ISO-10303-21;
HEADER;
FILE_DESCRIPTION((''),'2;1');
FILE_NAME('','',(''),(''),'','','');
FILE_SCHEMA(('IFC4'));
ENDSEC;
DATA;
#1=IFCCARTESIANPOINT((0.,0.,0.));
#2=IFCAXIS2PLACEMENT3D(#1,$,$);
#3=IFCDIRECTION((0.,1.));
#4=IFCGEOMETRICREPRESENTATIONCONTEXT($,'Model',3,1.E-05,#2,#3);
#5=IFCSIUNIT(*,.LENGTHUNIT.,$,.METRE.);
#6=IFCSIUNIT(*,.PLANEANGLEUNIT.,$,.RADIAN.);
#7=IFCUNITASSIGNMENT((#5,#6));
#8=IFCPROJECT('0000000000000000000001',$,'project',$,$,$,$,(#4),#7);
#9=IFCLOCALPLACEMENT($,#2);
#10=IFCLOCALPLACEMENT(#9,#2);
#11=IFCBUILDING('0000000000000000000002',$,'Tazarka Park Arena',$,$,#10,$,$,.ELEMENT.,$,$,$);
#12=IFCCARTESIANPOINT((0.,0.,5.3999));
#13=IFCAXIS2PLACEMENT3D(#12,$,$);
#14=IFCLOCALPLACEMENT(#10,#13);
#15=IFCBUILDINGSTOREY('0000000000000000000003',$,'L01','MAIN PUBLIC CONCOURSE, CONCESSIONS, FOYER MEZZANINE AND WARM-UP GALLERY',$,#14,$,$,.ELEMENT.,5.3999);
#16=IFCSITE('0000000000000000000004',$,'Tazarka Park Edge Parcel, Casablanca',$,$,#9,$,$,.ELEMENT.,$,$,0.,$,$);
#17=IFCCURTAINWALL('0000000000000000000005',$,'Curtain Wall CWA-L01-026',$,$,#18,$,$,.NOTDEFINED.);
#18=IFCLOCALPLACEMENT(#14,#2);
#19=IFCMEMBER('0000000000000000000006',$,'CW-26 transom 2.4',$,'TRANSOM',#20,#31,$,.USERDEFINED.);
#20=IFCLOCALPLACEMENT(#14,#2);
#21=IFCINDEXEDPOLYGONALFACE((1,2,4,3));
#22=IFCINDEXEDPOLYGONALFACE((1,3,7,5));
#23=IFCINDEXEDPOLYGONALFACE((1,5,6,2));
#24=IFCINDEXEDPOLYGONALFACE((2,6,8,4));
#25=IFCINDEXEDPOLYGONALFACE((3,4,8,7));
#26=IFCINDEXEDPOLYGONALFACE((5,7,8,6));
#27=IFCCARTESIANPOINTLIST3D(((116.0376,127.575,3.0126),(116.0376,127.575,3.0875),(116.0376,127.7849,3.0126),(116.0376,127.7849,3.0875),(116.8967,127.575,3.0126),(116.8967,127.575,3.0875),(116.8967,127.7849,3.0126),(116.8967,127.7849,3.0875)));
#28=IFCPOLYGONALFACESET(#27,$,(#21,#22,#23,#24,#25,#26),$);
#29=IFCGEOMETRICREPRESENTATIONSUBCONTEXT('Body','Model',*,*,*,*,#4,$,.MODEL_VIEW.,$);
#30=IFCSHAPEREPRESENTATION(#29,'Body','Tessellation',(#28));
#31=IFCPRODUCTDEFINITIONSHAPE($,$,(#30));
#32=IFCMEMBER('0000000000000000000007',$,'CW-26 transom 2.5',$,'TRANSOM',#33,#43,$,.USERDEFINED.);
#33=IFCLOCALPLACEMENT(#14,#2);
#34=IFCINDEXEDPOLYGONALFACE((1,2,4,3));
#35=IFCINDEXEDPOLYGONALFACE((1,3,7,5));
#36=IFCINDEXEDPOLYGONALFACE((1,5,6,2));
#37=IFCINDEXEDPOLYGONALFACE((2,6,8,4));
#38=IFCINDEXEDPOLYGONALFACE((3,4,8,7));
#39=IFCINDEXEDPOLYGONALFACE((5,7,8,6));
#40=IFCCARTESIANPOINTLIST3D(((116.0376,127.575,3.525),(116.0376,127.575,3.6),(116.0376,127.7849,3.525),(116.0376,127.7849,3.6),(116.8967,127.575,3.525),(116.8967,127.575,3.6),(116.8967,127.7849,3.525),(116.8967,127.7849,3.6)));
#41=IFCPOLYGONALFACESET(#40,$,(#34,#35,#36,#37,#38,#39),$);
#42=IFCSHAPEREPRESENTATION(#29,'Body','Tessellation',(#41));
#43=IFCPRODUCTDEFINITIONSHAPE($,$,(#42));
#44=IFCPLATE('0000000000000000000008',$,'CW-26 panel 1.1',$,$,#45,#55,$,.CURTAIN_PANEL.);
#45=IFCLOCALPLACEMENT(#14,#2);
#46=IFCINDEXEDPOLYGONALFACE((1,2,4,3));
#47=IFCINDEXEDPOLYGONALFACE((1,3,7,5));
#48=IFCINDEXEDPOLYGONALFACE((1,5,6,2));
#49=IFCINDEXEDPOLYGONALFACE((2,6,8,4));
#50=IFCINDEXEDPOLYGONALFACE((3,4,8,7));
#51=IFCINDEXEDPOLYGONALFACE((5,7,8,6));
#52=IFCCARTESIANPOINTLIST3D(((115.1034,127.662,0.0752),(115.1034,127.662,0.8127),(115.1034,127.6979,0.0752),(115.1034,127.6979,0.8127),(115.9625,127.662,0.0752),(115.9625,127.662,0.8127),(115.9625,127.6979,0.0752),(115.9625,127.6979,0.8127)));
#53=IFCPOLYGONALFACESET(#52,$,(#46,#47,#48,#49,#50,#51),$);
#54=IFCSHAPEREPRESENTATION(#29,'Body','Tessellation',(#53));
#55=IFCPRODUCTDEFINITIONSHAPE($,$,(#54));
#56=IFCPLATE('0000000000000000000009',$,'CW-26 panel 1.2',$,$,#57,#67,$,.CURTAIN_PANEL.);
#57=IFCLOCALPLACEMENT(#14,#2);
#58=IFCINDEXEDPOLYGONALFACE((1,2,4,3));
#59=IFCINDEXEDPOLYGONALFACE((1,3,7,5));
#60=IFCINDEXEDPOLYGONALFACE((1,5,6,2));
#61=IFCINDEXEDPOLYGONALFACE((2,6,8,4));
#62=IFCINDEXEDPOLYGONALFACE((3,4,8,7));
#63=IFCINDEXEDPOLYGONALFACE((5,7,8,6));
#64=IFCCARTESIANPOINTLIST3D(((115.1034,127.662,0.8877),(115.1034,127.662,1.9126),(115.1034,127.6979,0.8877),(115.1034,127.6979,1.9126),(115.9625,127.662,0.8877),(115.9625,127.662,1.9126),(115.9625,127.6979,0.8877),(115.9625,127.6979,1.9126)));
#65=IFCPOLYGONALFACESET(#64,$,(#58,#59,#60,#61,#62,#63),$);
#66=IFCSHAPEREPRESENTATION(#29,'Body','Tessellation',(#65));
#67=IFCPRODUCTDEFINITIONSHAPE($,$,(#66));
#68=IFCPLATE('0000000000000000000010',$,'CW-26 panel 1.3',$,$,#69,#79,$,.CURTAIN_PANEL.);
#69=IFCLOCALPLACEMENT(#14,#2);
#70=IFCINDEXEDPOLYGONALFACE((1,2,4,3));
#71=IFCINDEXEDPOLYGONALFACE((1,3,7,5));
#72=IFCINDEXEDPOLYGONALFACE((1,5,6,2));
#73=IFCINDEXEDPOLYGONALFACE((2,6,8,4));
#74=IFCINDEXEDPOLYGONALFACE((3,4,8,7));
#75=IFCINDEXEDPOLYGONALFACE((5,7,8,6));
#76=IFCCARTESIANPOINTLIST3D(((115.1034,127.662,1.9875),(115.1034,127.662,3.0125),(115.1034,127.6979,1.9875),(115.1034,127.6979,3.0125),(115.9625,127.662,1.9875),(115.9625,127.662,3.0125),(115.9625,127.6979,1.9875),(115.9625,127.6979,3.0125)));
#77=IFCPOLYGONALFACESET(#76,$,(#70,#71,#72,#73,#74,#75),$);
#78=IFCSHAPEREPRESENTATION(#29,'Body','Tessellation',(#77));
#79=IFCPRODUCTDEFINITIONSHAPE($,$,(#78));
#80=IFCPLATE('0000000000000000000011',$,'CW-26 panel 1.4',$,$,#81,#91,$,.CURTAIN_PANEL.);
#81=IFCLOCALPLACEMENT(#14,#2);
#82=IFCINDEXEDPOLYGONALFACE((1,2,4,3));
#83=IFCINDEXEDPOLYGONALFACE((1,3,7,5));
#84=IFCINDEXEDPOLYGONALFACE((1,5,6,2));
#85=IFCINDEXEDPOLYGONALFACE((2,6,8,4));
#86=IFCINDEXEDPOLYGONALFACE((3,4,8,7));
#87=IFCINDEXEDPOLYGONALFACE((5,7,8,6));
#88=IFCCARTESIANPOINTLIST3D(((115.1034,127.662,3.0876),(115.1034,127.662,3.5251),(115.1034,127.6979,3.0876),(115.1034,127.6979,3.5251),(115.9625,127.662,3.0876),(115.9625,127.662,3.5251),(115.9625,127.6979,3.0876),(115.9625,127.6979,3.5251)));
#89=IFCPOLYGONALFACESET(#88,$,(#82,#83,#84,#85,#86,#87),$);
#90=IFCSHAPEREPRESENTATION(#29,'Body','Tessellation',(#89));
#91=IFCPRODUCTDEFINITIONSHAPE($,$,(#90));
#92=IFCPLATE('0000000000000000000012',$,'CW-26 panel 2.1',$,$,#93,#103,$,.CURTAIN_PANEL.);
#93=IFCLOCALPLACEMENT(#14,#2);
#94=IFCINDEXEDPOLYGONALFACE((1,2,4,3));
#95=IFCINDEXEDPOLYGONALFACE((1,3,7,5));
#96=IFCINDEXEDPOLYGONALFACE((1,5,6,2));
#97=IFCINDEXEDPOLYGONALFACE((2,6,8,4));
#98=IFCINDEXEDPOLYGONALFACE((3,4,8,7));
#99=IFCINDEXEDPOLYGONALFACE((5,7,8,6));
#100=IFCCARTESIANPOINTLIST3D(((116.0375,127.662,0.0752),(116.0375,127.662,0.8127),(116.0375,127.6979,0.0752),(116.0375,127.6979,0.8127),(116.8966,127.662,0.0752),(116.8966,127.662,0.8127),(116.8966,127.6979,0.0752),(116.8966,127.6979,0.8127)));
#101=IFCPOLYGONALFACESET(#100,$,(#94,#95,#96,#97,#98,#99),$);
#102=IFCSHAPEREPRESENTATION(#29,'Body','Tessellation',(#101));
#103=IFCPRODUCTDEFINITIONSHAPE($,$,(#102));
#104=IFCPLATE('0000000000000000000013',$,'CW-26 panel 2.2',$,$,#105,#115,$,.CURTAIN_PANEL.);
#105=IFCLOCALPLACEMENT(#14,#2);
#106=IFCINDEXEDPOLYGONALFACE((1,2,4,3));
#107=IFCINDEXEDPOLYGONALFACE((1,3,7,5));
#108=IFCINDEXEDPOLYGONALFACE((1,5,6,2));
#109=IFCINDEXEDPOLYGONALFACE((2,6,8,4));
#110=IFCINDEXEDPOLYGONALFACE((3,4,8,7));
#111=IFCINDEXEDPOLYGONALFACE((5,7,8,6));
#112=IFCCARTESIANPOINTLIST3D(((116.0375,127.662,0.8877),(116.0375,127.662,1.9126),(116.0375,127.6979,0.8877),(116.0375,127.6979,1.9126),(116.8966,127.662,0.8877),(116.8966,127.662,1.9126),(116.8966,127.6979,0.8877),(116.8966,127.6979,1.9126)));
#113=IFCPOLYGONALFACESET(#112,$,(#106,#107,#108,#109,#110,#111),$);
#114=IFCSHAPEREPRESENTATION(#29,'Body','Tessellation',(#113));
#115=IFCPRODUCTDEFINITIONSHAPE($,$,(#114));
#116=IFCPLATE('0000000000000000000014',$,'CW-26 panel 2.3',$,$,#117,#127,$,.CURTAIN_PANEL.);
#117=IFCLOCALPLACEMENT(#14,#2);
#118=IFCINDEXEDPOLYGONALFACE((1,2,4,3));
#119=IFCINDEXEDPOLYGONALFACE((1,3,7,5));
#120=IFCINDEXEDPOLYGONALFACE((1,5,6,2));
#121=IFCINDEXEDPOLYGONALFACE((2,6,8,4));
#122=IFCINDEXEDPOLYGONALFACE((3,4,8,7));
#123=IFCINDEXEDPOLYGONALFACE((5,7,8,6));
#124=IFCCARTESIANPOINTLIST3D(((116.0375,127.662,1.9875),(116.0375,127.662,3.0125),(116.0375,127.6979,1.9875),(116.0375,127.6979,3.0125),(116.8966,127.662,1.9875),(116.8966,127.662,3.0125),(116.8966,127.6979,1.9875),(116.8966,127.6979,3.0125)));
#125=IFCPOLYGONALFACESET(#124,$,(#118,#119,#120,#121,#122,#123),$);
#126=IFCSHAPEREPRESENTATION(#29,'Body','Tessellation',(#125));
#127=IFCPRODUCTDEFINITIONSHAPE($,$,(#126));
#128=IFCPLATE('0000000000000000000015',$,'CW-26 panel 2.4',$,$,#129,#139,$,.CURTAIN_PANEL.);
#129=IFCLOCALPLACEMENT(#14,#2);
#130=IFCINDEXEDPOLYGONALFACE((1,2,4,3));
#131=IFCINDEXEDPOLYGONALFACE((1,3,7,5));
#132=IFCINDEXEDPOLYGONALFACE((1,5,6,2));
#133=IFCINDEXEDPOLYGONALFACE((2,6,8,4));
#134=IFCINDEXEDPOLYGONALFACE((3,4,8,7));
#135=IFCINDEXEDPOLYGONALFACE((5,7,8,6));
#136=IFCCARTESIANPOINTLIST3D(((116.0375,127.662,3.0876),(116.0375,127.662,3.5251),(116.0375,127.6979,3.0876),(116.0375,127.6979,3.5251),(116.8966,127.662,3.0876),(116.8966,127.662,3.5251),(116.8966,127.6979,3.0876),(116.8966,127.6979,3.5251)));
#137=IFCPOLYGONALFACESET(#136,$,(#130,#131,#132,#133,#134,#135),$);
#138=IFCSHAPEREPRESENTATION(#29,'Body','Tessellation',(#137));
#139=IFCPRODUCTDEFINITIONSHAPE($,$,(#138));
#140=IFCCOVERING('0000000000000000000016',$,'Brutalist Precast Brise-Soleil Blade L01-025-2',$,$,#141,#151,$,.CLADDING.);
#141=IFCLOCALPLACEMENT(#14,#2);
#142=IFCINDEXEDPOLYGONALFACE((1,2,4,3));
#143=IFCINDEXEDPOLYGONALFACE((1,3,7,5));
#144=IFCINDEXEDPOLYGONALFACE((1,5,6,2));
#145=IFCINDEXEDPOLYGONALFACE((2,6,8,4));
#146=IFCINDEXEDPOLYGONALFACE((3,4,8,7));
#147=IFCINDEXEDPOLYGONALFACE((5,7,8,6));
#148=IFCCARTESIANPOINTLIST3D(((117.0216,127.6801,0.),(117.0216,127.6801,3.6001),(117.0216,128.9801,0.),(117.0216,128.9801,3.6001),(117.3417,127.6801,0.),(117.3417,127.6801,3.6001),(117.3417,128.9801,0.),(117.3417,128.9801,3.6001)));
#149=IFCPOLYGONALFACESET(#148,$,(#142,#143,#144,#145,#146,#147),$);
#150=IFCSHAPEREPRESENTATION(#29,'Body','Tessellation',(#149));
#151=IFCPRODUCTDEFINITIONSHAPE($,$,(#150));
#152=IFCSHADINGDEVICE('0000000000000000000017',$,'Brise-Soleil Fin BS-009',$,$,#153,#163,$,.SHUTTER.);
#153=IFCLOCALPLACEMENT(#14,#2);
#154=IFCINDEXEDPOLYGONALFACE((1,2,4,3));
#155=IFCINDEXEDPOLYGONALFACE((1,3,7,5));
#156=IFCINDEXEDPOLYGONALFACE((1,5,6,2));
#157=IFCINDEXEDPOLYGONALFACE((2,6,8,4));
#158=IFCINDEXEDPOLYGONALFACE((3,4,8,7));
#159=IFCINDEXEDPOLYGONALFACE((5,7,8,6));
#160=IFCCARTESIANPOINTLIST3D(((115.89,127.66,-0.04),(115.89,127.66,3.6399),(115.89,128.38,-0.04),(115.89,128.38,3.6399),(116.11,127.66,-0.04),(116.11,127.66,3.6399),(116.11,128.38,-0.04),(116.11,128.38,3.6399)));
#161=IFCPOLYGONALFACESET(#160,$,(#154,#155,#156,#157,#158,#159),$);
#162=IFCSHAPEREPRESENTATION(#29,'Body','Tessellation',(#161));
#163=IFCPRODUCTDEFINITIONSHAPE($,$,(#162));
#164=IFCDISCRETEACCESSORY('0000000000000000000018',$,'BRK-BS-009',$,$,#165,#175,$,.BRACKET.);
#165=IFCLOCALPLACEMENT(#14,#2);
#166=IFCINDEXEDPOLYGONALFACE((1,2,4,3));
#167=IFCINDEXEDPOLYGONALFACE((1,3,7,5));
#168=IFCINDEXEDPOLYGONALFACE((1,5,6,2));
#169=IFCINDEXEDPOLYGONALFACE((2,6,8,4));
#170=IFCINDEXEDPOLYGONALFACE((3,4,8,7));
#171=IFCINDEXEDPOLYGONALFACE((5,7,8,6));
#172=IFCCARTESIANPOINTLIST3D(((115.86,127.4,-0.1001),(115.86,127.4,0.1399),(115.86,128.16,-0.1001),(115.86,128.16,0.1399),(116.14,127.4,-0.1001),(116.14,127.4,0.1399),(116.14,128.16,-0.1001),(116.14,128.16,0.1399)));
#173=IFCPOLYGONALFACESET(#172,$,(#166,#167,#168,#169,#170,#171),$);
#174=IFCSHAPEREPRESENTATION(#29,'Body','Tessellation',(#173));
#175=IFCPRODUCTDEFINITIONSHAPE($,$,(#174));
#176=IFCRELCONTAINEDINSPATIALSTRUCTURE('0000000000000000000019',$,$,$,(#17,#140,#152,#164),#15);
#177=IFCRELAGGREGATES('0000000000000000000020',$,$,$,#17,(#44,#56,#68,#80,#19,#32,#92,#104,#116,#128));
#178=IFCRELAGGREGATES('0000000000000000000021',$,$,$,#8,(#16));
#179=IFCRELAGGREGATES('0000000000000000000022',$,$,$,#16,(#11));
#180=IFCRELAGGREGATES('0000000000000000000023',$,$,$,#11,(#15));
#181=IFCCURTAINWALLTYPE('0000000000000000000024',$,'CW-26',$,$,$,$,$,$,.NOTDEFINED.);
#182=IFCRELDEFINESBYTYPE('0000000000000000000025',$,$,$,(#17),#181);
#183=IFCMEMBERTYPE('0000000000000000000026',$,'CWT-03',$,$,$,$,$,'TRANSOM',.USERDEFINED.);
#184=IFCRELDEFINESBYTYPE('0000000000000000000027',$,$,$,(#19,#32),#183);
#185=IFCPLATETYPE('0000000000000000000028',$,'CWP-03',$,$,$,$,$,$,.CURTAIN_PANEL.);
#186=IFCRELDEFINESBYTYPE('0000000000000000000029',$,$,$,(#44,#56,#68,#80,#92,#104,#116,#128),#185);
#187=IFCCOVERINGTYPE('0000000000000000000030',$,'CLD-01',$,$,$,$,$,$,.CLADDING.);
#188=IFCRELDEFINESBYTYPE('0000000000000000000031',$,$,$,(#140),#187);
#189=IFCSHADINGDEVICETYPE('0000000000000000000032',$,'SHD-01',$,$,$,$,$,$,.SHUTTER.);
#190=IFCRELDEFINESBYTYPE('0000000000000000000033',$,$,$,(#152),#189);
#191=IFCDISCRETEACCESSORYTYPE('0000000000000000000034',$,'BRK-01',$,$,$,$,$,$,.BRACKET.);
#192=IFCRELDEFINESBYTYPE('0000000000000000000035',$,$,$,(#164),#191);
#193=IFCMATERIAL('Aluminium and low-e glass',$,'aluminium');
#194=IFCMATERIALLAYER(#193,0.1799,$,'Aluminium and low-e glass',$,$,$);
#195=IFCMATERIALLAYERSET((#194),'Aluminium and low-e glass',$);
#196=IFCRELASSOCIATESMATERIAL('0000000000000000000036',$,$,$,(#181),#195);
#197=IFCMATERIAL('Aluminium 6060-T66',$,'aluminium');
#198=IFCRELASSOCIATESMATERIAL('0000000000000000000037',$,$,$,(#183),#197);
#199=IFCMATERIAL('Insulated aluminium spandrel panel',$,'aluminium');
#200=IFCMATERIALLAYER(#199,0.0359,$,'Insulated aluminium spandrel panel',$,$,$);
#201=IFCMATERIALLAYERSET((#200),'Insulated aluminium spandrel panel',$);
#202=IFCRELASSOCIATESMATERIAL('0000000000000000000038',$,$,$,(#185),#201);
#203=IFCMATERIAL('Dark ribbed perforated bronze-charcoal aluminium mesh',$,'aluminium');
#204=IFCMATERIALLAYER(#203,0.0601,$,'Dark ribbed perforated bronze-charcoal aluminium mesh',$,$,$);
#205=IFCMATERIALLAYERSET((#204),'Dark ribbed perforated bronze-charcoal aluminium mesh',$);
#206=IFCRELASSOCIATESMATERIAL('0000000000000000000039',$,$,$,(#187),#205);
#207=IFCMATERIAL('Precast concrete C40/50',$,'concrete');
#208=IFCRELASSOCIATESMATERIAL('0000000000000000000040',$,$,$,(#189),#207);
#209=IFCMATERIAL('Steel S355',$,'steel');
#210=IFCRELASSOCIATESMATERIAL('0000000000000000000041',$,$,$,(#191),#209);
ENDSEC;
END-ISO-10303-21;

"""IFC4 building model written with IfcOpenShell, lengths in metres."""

from ifc_helpers import new_model, si_unit, direction, frame, origin, origin_2d, place, context, subcontext, project, spatial, rectangle, extrude, material, layer, layer_set, material_profile, profile_set, type_object, element, aggregate, save


model = new_model("IFC4")

# Units and contexts
model_context = context("Model", 3, precision=1e-05, world=origin(), true_north=direction((0.0, 1.0)))
body_context = subcontext(model_context, "Body", "Model", "MODEL_VIEW")
ifc_project = project(units=[si_unit("LENGTHUNIT", "METRE"), si_unit("PLANEANGLEUNIT", "RADIAN")], contexts=[model_context])

# Site, building, storey
site_placement = place(None, origin())
site = spatial("IfcSite", under=ifc_project, at=site_placement, Name="Tazarka Park Edge Parcel, Casablanca", CompositionType="ELEMENT", RefElevation=0.0)
building_placement = place(site_placement, origin())
building = spatial("IfcBuilding", under=site, at=building_placement, Name="Tazarka Park Arena", CompositionType="ELEMENT")
storey_placement = place(building_placement, frame((0.0, 0.0, 5.3999)))
storey = spatial("IfcBuildingStorey", under=building, at=storey_placement, Name="L01", Description="MAIN PUBLIC CONCOURSE, CONCESSIONS, FOYER MEZZANINE AND WARM-UP GALLERY", CompositionType="ELEMENT", Elevation=5.3999)

# Curtain wall
ifc_material_1 = material(Name="Aluminium and low-e glass", Category="aluminium")
ifc_layer_1 = layer(ifc_material_1, 0.1799, Name="Aluminium and low-e glass")
ifc_layer_set_1 = layer_set([ifc_layer_1], Name="Aluminium and low-e glass")
curtain_wall_type_1 = type_object("IfcCurtainWallType", Name="CW-26", PredefinedType="NOTDEFINED", material=ifc_layer_set_1)
curtain_wall_1_placement = place(storey_placement, origin())
curtain_wall_1 = element("IfcCurtainWall", 1, at=curtain_wall_1_placement, inside=storey, type_object=curtain_wall_type_1, Name="Curtain Wall CWA-L01-026", PredefinedType="NOTDEFINED")

# Members
ifc_material_2 = material(Name="Aluminium 6060-T66", Category="aluminium")
ifc_material_profile_1 = material_profile(ifc_material_2, rectangle(XDim=0.21, YDim=0.075, at=origin_2d()), Name="Aluminium 6060-T66")
ifc_profile_set_1 = profile_set([ifc_material_profile_1], Name="Aluminium 6060-T66")
member_type_1 = type_object("IfcMemberType", Name="CWT-03", ElementType="TRANSOM", PredefinedType="USERDEFINED", material=ifc_profile_set_1)
member_1_placement = place(storey_placement, frame((116.0376, 127.6799, 3.05), z_axis=(1.0, 0.0, 0.0), x_axis=(0.0, 1.0, 0.0)))
member_1 = element("IfcMember", 2, at=member_1_placement, type_object=member_type_1, Name="CW-26 transom 2.4", ObjectType="TRANSOM", PredefinedType="USERDEFINED", context=body_context, shape_type="SweptSolid", body=[
    extrude(rectangle(XDim=0.21, YDim=0.075, at=origin_2d()), origin(), (0.0, 0.0, 1.0), 0.8591),
])
member_2_placement = place(storey_placement, frame((116.0376, 127.6799, 3.5625), z_axis=(1.0, 0.0, 0.0), x_axis=(0.0, 1.0, 0.0)))
member_2 = element("IfcMember", 3, at=member_2_placement, type_object=member_type_1, Name="CW-26 transom 2.5", ObjectType="TRANSOM", PredefinedType="USERDEFINED", context=body_context, shape_type="SweptSolid", body=[
    extrude(rectangle(XDim=0.21, YDim=0.075, at=origin_2d()), origin(), (0.0, 0.0, 1.0), 0.8591),
])

# Plates
ifc_material_3 = material(Name="Insulated aluminium spandrel panel", Category="aluminium")
ifc_layer_2 = layer(ifc_material_3, 0.0359, Name="Insulated aluminium spandrel panel")
ifc_layer_set_2 = layer_set([ifc_layer_2], Name="Insulated aluminium spandrel panel")
plate_type = type_object("IfcPlateType", Name="CWP-03", PredefinedType="CURTAIN_PANEL", material=ifc_layer_set_2)
plate_1_placement = place(storey_placement, frame((115.533, 127.6799, 0.0752), z_axis=(0.0, 0.0, 1.0), x_axis=(1.0, 0.0, 0.0)))
plate_1 = element("IfcPlate", 4, at=plate_1_placement, type_object=plate_type, Name="CW-26 panel 1.1", PredefinedType="CURTAIN_PANEL", context=body_context, shape_type="SweptSolid", body=[
    extrude(rectangle(XDim=0.8591, YDim=0.0359, at=origin_2d()), origin(), (0.0, 0.0, 1.0), 0.7375),
])
plate_2_placement = place(storey_placement, frame((115.533, 127.6799, 0.8877), z_axis=(0.0, 0.0, 1.0), x_axis=(1.0, 0.0, 0.0)))
plate_2 = element("IfcPlate", 5, at=plate_2_placement, type_object=plate_type, Name="CW-26 panel 1.2", PredefinedType="CURTAIN_PANEL", context=body_context, shape_type="SweptSolid", body=[
    extrude(rectangle(XDim=0.8591, YDim=0.0359, at=origin_2d()), origin(), (0.0, 0.0, 1.0), 1.0249),
])
plate_3_placement = place(storey_placement, frame((115.533, 127.6799, 1.9875), z_axis=(0.0, 0.0, 1.0), x_axis=(1.0, 0.0, 0.0)))
plate_3 = element("IfcPlate", 6, at=plate_3_placement, type_object=plate_type, Name="CW-26 panel 1.3", PredefinedType="CURTAIN_PANEL", context=body_context, shape_type="SweptSolid", body=[
    extrude(rectangle(XDim=0.8591, YDim=0.0359, at=origin_2d()), origin(), (0.0, 0.0, 1.0), 1.0249),
])
plate_4_placement = place(storey_placement, frame((115.533, 127.6799, 3.0876), z_axis=(0.0, 0.0, 1.0), x_axis=(1.0, 0.0, 0.0)))
plate_4 = element("IfcPlate", 7, at=plate_4_placement, type_object=plate_type, Name="CW-26 panel 1.4", PredefinedType="CURTAIN_PANEL", context=body_context, shape_type="SweptSolid", body=[
    extrude(rectangle(XDim=0.8591, YDim=0.0359, at=origin_2d()), origin(), (0.0, 0.0, 1.0), 0.4375),
])
plate_5_placement = place(storey_placement, frame((116.467, 127.6799, 0.0752), z_axis=(0.0, 0.0, 1.0), x_axis=(1.0, 0.0, 0.0)))
plate_5 = element("IfcPlate", 8, at=plate_5_placement, type_object=plate_type, Name="CW-26 panel 2.1", PredefinedType="CURTAIN_PANEL", context=body_context, shape_type="SweptSolid", body=[
    extrude(rectangle(XDim=0.8591, YDim=0.0359, at=origin_2d()), origin(), (0.0, 0.0, 1.0), 0.7375),
])
plate_6_placement = place(storey_placement, frame((116.467, 127.6799, 0.8877), z_axis=(0.0, 0.0, 1.0), x_axis=(1.0, 0.0, 0.0)))
plate_6 = element("IfcPlate", 9, at=plate_6_placement, type_object=plate_type, Name="CW-26 panel 2.2", PredefinedType="CURTAIN_PANEL", context=body_context, shape_type="SweptSolid", body=[
    extrude(rectangle(XDim=0.8591, YDim=0.0359, at=origin_2d()), origin(), (0.0, 0.0, 1.0), 1.0249),
])
plate_7_placement = place(storey_placement, frame((116.467, 127.6799, 1.9875), z_axis=(0.0, 0.0, 1.0), x_axis=(1.0, 0.0, 0.0)))
plate_7 = element("IfcPlate", 10, at=plate_7_placement, type_object=plate_type, Name="CW-26 panel 2.3", PredefinedType="CURTAIN_PANEL", context=body_context, shape_type="SweptSolid", body=[
    extrude(rectangle(XDim=0.8591, YDim=0.0359, at=origin_2d()), origin(), (0.0, 0.0, 1.0), 1.0249),
])
plate_8_placement = place(storey_placement, frame((116.467, 127.6799, 3.0876), z_axis=(0.0, 0.0, 1.0), x_axis=(1.0, 0.0, 0.0)))
plate_8 = element("IfcPlate", 11, at=plate_8_placement, type_object=plate_type, Name="CW-26 panel 2.4", PredefinedType="CURTAIN_PANEL", context=body_context, shape_type="SweptSolid", body=[
    extrude(rectangle(XDim=0.8591, YDim=0.0359, at=origin_2d()), origin(), (0.0, 0.0, 1.0), 0.4375),
])
aggregate(curtain_wall_1, [plate_1, plate_2, plate_3, plate_4, member_1, member_2, plate_5, plate_6, plate_7, plate_8])

# Covering
ifc_material_4 = material(Name="Dark ribbed perforated bronze-charcoal aluminium mesh", Category="aluminium")
ifc_layer_3 = layer(ifc_material_4, 0.0601, Name="Dark ribbed perforated bronze-charcoal aluminium mesh")
ifc_layer_set_3 = layer_set([ifc_layer_3], Name="Dark ribbed perforated bronze-charcoal aluminium mesh")
covering_type = type_object("IfcCoveringType", Name="CLD-01", PredefinedType="CLADDING", material=ifc_layer_set_3)
covering_placement = place(storey_placement, frame((117.1816, 128.3301, 0.0), z_axis=(0.0, 0.0, 1.0), x_axis=(1.0, 0.0, 0.0)))
element("IfcCovering", 12, at=covering_placement, inside=storey, type_object=covering_type, Name="Brutalist Precast Brise-Soleil Blade L01-025-2", PredefinedType="CLADDING", context=body_context, shape_type="SweptSolid", body=[
    extrude(rectangle(XDim=0.3201, YDim=1.3, at=origin_2d()), origin(), (0.0, 0.0, 1.0), 3.6001),
])

# Shading device
ifc_material_5 = material(Name="Precast concrete C40/50", Category="concrete")
shading_device_type = type_object("IfcShadingDeviceType", Name="SHD-01", PredefinedType="SHUTTER", material=ifc_material_5)
shading_device_placement = place(storey_placement, frame((116.0, 128.02, -0.04), z_axis=(0.0, 0.0, 1.0), x_axis=(1.0, 0.0, 0.0)))
element("IfcShadingDevice", 13, at=shading_device_placement, inside=storey, type_object=shading_device_type, Name="Brise-Soleil Fin BS-009", PredefinedType="SHUTTER", context=body_context, shape_type="SweptSolid", body=[
    extrude(rectangle(XDim=0.22, YDim=0.72, at=origin_2d()), origin(), (0.0, 0.0, 1.0), 3.6799),
])

# Discrete accessory
ifc_material_6 = material(Name="Steel S355", Category="steel")
discrete_accessory_type = type_object("IfcDiscreteAccessoryType", Name="BRK-01", PredefinedType="BRACKET", material=ifc_material_6)
discrete_accessory_placement = place(storey_placement, frame((116.0, 127.78, -0.1001), z_axis=(0.0, 0.0, 1.0), x_axis=(1.0, 0.0, 0.0)))
element("IfcDiscreteAccessory", 14, at=discrete_accessory_placement, inside=storey, type_object=discrete_accessory_type, Name="BRK-BS-009", PredefinedType="BRACKET", context=body_context, shape_type="SweptSolid", body=[
    extrude(rectangle(XDim=0.28, YDim=0.76, at=origin_2d()), origin(), (0.0, 0.0, 1.0), 0.24),
])

save(model, "model.ifc")
